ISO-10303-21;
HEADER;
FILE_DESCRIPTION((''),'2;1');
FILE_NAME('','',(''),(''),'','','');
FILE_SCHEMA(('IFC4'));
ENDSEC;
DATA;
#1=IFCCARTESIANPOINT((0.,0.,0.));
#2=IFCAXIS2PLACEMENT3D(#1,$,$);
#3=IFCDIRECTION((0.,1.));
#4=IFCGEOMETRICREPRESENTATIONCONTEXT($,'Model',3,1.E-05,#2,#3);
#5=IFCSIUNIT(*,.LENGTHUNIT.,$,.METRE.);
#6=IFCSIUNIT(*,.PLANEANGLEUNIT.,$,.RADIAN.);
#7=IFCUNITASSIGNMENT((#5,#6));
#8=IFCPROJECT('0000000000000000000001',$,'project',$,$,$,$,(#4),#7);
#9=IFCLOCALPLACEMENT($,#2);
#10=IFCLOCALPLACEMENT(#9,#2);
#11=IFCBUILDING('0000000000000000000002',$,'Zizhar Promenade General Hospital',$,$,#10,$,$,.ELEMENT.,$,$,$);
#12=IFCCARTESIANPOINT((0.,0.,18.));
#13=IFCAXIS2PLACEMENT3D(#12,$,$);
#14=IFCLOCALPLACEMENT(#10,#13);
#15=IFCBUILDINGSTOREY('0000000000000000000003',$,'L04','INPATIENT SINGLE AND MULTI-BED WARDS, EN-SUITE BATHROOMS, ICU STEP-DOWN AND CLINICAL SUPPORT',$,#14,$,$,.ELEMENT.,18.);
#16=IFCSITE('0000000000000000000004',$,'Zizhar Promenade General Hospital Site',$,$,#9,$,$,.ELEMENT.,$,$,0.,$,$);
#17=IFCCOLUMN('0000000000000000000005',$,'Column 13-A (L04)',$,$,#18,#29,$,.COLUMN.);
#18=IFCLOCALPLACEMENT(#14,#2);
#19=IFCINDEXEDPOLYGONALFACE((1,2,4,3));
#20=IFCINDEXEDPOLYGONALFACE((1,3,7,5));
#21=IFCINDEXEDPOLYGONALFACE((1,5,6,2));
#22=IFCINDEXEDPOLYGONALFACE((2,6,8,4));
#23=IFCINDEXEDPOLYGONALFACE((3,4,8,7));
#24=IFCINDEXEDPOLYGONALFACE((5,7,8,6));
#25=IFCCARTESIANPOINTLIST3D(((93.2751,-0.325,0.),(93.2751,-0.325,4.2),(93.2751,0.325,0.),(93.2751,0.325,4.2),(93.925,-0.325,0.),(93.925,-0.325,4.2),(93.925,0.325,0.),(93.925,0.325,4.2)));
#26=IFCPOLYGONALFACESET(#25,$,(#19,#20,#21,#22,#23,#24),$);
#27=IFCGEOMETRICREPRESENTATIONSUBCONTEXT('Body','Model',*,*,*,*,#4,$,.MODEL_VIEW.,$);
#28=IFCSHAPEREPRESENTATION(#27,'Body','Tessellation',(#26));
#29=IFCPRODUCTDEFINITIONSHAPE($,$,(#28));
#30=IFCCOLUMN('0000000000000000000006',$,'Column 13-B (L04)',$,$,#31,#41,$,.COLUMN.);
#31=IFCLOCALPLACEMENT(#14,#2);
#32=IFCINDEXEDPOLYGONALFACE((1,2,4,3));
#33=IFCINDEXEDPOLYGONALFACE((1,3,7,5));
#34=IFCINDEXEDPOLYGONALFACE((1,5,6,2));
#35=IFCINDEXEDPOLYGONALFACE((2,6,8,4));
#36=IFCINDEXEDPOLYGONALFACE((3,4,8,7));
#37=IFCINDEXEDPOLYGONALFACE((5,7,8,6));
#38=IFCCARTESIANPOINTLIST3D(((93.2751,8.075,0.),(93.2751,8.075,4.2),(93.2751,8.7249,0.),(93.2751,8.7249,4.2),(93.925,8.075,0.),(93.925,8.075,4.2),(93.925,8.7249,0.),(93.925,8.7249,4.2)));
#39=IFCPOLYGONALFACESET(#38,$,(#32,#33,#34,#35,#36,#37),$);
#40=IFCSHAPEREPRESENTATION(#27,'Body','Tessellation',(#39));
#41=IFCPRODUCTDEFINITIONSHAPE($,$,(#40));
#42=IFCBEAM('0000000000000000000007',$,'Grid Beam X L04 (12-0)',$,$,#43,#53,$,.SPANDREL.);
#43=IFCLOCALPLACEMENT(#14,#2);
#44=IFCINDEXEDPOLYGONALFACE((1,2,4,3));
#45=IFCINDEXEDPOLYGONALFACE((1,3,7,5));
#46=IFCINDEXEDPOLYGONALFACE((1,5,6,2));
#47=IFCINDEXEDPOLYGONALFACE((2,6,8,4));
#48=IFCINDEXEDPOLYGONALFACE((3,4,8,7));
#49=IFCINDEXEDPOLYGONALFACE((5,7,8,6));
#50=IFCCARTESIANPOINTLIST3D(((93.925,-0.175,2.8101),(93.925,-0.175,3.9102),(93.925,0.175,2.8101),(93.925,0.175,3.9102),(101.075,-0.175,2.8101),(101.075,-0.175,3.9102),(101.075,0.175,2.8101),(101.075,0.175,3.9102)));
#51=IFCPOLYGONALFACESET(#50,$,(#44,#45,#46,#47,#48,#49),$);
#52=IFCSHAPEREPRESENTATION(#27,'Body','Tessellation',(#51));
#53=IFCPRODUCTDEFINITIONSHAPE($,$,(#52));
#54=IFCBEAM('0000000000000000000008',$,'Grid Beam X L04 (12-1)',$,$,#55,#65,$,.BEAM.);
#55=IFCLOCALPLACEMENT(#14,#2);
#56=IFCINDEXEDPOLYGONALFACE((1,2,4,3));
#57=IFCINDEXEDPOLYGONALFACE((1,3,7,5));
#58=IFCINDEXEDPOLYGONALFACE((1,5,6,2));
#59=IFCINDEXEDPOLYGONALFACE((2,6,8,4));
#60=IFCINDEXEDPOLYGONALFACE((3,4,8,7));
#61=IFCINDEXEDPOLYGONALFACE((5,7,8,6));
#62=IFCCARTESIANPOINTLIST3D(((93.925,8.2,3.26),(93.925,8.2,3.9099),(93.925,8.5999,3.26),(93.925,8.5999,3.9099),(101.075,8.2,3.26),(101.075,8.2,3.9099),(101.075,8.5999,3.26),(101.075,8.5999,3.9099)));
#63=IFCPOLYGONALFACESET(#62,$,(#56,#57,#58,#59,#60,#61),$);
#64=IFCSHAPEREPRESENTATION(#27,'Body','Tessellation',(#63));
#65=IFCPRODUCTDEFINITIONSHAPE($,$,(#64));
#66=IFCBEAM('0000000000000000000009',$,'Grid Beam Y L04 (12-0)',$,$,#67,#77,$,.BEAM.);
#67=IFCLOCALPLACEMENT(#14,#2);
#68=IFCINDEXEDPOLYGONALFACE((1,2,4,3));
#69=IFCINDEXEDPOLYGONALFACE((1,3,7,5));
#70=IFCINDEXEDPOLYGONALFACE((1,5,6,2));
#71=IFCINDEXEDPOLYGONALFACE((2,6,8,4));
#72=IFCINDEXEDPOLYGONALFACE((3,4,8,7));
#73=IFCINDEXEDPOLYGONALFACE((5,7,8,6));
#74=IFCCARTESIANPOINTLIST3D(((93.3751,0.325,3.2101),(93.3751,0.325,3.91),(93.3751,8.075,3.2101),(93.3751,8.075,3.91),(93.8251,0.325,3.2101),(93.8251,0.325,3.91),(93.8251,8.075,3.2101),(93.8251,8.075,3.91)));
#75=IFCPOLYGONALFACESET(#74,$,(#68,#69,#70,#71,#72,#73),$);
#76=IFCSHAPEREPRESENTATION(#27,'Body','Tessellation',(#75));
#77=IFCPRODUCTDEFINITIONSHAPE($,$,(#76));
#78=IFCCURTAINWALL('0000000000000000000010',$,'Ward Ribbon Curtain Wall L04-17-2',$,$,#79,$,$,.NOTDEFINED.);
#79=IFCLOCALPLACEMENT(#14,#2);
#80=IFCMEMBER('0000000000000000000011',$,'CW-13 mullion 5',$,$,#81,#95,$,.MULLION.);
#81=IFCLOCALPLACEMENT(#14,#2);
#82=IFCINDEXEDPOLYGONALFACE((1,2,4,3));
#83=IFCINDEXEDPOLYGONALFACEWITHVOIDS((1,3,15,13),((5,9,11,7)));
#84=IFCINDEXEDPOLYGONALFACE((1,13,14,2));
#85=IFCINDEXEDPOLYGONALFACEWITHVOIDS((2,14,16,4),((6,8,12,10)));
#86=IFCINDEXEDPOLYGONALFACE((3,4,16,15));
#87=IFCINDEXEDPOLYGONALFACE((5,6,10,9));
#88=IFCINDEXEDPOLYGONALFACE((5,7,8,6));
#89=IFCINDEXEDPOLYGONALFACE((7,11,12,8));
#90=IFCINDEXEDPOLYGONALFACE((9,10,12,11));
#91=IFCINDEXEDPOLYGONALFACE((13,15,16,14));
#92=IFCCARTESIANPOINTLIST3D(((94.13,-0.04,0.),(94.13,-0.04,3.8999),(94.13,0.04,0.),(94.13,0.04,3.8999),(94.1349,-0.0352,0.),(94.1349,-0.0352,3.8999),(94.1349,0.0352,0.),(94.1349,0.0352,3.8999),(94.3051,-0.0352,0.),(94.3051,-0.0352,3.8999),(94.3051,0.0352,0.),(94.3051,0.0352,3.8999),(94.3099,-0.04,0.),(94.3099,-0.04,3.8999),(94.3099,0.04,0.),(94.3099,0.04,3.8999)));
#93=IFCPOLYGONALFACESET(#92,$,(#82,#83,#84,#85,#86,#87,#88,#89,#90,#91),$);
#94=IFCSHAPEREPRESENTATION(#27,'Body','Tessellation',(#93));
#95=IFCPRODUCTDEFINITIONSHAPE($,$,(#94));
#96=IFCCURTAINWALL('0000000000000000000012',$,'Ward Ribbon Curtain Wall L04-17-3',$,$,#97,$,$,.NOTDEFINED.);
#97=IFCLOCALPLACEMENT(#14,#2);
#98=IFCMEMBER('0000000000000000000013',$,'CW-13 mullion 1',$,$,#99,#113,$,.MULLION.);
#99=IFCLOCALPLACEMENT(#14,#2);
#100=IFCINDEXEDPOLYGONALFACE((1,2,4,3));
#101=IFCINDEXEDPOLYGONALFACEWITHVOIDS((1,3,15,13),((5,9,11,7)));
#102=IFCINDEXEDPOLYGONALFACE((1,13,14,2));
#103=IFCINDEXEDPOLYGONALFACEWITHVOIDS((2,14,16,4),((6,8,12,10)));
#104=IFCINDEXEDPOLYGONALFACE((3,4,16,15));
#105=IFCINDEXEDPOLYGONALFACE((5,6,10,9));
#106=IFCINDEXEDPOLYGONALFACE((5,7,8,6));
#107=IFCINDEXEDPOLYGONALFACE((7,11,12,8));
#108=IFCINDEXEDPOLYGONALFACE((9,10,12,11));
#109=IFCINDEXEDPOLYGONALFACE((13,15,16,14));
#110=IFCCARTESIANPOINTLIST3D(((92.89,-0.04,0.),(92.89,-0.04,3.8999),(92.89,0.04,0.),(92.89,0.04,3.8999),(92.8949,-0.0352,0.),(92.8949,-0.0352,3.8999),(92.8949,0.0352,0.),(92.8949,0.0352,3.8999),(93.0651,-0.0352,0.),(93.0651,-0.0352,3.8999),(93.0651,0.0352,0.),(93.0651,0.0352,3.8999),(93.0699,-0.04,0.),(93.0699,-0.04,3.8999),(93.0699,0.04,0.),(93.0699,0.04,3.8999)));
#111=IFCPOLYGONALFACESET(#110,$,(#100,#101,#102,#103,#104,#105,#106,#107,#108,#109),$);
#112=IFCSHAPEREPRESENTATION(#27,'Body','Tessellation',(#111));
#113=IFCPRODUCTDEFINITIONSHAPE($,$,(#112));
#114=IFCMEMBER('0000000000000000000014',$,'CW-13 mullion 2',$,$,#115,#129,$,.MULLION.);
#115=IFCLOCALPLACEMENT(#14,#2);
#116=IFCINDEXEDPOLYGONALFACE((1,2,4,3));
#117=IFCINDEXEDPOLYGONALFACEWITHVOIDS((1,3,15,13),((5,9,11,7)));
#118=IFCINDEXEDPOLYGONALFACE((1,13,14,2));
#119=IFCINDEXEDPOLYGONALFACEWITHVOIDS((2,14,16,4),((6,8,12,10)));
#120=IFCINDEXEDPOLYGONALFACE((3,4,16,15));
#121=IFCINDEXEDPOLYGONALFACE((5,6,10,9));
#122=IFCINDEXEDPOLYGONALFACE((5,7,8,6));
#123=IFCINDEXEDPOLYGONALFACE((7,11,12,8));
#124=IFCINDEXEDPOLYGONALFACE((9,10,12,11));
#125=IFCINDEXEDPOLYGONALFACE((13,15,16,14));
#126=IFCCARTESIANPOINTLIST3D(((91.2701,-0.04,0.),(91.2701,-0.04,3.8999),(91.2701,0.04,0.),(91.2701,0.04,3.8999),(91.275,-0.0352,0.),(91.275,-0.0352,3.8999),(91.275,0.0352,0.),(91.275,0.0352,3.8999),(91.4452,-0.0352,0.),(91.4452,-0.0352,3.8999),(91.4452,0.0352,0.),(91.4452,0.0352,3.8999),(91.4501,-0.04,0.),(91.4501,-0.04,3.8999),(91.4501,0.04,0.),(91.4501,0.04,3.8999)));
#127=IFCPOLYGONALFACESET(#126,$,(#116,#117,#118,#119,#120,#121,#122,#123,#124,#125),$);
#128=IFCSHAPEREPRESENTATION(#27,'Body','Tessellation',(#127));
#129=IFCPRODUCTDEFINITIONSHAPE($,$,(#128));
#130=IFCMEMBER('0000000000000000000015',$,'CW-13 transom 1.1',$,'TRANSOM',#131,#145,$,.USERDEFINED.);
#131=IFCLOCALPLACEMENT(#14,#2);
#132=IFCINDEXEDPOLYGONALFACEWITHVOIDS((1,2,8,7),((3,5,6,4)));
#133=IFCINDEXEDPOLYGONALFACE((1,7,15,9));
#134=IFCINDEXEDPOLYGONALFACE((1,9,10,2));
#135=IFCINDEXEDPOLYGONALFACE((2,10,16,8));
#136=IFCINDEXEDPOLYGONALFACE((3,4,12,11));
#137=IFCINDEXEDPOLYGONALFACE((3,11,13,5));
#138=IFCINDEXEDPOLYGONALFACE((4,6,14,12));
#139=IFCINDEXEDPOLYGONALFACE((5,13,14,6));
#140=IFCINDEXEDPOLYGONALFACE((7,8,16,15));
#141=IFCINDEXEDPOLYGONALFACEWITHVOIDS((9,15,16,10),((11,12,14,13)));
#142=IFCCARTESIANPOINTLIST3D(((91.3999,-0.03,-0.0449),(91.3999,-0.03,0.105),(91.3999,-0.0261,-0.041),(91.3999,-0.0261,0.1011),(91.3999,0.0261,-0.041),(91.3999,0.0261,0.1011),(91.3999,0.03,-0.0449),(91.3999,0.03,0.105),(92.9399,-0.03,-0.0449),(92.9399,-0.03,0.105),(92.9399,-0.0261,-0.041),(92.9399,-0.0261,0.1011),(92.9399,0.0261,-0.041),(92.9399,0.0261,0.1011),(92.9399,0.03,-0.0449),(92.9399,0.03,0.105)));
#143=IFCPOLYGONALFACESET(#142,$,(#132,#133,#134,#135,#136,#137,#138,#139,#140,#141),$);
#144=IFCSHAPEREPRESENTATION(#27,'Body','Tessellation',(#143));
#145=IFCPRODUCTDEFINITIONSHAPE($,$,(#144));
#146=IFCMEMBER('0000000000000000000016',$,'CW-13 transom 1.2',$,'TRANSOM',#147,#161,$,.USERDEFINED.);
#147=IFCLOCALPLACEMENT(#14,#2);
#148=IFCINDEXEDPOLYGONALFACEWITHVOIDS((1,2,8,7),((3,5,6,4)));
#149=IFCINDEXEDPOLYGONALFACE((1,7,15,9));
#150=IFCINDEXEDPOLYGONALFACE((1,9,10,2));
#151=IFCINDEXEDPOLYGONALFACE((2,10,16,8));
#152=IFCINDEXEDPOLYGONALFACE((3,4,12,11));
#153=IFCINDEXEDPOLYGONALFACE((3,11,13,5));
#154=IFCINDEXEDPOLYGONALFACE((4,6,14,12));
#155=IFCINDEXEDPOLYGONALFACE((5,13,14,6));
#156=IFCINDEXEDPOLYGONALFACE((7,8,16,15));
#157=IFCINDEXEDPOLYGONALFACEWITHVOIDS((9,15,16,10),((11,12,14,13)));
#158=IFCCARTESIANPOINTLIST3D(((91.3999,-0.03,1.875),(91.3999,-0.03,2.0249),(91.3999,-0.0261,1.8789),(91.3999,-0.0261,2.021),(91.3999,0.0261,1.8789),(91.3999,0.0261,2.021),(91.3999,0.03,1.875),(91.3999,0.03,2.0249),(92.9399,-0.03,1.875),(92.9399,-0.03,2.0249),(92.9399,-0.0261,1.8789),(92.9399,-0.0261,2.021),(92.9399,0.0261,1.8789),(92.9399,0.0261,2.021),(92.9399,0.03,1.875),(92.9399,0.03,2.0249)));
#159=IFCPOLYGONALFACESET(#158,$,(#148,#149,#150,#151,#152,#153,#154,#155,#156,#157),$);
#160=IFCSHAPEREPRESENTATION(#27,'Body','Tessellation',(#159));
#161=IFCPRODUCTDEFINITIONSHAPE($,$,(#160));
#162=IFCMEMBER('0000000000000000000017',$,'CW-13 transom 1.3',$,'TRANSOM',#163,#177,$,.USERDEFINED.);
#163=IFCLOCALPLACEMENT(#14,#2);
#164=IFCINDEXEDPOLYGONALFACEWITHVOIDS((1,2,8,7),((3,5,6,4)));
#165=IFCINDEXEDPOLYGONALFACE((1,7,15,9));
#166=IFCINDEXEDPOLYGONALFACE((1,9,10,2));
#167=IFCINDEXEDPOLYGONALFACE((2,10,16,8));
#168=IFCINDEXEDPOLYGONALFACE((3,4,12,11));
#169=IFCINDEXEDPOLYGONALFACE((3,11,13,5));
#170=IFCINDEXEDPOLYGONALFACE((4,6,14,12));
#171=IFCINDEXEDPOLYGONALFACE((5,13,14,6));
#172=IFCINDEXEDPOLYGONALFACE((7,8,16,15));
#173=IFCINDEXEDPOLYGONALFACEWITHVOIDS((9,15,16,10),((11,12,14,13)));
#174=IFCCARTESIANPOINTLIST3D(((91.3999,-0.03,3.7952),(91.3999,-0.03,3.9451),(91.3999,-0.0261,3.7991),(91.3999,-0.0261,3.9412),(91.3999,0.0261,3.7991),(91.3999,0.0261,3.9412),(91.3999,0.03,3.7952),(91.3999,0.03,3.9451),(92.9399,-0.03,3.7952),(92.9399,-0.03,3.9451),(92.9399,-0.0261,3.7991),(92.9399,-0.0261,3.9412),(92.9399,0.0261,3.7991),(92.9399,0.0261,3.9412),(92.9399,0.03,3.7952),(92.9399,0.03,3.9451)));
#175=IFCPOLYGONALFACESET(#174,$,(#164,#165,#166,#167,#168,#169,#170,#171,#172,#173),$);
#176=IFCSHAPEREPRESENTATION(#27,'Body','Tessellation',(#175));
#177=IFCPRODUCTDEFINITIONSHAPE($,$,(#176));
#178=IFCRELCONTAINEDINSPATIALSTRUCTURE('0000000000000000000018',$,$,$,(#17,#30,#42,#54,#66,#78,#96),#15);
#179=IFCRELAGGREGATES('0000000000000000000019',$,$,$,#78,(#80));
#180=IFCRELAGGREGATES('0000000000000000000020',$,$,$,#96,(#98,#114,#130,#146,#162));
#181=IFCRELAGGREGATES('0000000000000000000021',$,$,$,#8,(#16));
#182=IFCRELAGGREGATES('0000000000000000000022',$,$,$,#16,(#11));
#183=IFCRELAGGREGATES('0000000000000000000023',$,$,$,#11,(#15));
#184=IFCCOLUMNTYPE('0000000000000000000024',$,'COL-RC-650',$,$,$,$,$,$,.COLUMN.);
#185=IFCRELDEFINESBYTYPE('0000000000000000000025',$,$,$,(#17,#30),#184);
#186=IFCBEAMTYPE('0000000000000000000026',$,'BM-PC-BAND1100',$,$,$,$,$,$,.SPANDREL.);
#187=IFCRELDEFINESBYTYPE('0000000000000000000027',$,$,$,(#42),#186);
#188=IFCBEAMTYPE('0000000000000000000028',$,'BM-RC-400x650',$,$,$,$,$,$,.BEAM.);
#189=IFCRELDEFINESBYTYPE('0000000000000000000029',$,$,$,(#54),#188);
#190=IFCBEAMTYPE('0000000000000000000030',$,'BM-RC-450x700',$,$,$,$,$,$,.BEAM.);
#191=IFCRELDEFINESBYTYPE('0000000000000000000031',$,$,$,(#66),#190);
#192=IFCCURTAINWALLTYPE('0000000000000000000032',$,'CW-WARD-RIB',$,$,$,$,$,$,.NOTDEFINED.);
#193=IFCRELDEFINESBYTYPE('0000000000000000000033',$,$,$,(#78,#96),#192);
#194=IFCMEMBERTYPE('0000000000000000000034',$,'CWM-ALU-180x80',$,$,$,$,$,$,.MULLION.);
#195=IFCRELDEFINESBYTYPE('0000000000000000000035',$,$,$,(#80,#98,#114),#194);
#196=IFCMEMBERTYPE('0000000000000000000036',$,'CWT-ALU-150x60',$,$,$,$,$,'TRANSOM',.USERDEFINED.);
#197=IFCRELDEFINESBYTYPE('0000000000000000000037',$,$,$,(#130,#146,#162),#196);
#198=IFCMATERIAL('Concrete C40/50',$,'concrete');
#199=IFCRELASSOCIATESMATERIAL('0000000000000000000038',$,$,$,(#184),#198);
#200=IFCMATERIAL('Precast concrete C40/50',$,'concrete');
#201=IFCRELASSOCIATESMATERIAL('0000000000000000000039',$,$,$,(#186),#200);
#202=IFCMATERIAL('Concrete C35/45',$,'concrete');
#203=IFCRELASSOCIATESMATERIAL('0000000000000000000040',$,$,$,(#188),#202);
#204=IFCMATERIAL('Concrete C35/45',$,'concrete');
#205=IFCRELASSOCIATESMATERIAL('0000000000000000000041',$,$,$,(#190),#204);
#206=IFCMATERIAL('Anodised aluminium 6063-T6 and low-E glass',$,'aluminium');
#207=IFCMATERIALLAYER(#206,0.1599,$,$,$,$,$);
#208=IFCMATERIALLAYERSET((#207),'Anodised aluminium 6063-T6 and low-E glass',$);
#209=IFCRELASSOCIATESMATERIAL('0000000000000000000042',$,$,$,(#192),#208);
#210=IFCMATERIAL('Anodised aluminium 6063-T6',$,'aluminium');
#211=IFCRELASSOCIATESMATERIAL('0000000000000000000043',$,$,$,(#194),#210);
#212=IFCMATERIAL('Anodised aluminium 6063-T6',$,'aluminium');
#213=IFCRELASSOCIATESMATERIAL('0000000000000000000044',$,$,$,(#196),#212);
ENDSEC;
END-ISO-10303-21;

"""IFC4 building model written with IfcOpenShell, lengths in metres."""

from ifc_helpers import new_model, si_unit, direction, frame, origin, origin_2d, place, context, subcontext, project, spatial, rectangle, hollow_rectangle, extrude, material, layer, layer_set, material_profile, profile_set, type_object, element, aggregate, save


model = new_model("IFC4")

# Units and contexts
model_context = context("Model", 3, precision=1e-05, world=origin(), true_north=direction((0.0, 1.0)))
body_context = subcontext(model_context, "Body", "Model", "MODEL_VIEW")
ifc_project = project(units=[si_unit("LENGTHUNIT", "METRE"), si_unit("PLANEANGLEUNIT", "RADIAN")], contexts=[model_context])

# Site, building, storey
site_placement = place(None, origin())
site = spatial("IfcSite", under=ifc_project, at=site_placement, Name="Zizhar Promenade General Hospital Site", CompositionType="ELEMENT", RefElevation=0.0)
building_placement = place(site_placement, origin())
building = spatial("IfcBuilding", under=site, at=building_placement, Name="Zizhar Promenade General Hospital", CompositionType="ELEMENT")
storey_placement = place(building_placement, frame((0.0, 0.0, 18.0)))
storey = spatial("IfcBuildingStorey", under=building, at=storey_placement, Name="L04", Description="INPATIENT SINGLE AND MULTI-BED WARDS, EN-SUITE BATHROOMS, ICU STEP-DOWN AND CLINICAL SUPPORT", CompositionType="ELEMENT", Elevation=18.0)

# Columns
ifc_material_1 = material(Name="Concrete C40/50", Category="concrete")
ifc_material_profile_1 = material_profile(ifc_material_1, rectangle(XDim=0.6499, YDim=0.6499, at=origin_2d()))
ifc_profile_set_1 = profile_set([ifc_material_profile_1], Name="Concrete C40/50")
column_type = type_object("IfcColumnType", Name="COL-RC-650", PredefinedType="COLUMN", material=ifc_profile_set_1)
for number, where, z_axis, x_axis, name in (
    (1, (93.6001, 0.0, 0.0), (0.0, 0.0, 1.0), (1.0, 0.0, 0.0), "Column 13-A (L04)"),
    (2, (93.6001, 8.3999, 0.0), (0.0, 0.0, 1.0), (1.0, 0.0, 0.0), "Column 13-B (L04)"),
):
    element("IfcColumn", number, at=place(storey_placement, frame(where, z_axis=z_axis, x_axis=x_axis)), inside=storey, type_object=column_type, Name=name, PredefinedType="COLUMN", context=body_context, shape_type="SweptSolid", body=[
        extrude(rectangle(XDim=0.6499, YDim=0.6499, at=origin_2d()), origin(), (0.0, 0.0, 1.0), 4.2),
    ])

# Beams
ifc_material_2 = material(Name="Precast concrete C40/50", Category="concrete")
ifc_material_profile_2 = material_profile(ifc_material_2, rectangle(XDim=0.3501, YDim=1.1001, at=origin_2d()))
ifc_profile_set_2 = profile_set([ifc_material_profile_2], Name="Precast concrete C40/50")
beam_type_1 = type_object("IfcBeamType", Name="BM-PC-BAND1100", PredefinedType="SPANDREL", material=ifc_profile_set_2)
beam_1_placement = place(storey_placement, frame((93.925, 0.0, 3.3601), z_axis=(1.0, 0.0, 0.0), x_axis=(0.0, 1.0, 0.0)))
element("IfcBeam", 3, at=beam_1_placement, inside=storey, type_object=beam_type_1, Name="Grid Beam X L04 (12-0)", PredefinedType="SPANDREL", context=body_context, shape_type="SweptSolid", body=[
    extrude(rectangle(XDim=0.3501, YDim=1.1001, at=origin_2d()), origin(), (0.0, 0.0, 1.0), 7.1499),
])
ifc_material_3 = material(Name="Concrete C35/45", Category="concrete")
ifc_material_profile_3 = material_profile(ifc_material_3, rectangle(XDim=0.3999, YDim=0.6499, at=origin_2d()))
ifc_profile_set_3 = profile_set([ifc_material_profile_3], Name="Concrete C35/45")
beam_type_2 = type_object("IfcBeamType", Name="BM-RC-400x650", PredefinedType="BEAM", material=ifc_profile_set_3)
beam_2_placement = place(storey_placement, frame((93.925, 8.3999, 3.585), z_axis=(1.0, 0.0, 0.0), x_axis=(0.0, 1.0, 0.0)))
element("IfcBeam", 4, at=beam_2_placement, inside=storey, type_object=beam_type_2, Name="Grid Beam X L04 (12-1)", PredefinedType="BEAM", context=body_context, shape_type="SweptSolid", body=[
    extrude(rectangle(XDim=0.3999, YDim=0.6499, at=origin_2d()), origin(), (0.0, 0.0, 1.0), 7.1499),
])
ifc_material_4 = material(Name="Concrete C35/45", Category="concrete")
ifc_material_profile_4 = material_profile(ifc_material_4, rectangle(XDim=0.45, YDim=0.7, at=origin_2d()))
ifc_profile_set_4 = profile_set([ifc_material_profile_4], Name="Concrete C35/45")
beam_type_3 = type_object("IfcBeamType", Name="BM-RC-450x700", PredefinedType="BEAM", material=ifc_profile_set_4)
beam_3_placement = place(storey_placement, frame((93.6001, 0.325, 3.5601), z_axis=(0.0, 1.0, 0.0), x_axis=(-1.0, 0.0, 0.0)))
element("IfcBeam", 5, at=beam_3_placement, inside=storey, type_object=beam_type_3, Name="Grid Beam Y L04 (12-0)", PredefinedType="BEAM", context=body_context, shape_type="SweptSolid", body=[
    extrude(rectangle(XDim=0.45, YDim=0.7, at=origin_2d()), origin(), (0.0, 0.0, 1.0), 7.75),
])

# Curtain wall, member
ifc_material_5 = material(Name="Anodised aluminium 6063-T6 and low-E glass", Category="aluminium")
ifc_layer_1 = layer(ifc_material_5, 0.1599)
ifc_layer_set_1 = layer_set([ifc_layer_1], Name="Anodised aluminium 6063-T6 and low-E glass")
curtain_wall_type = type_object("IfcCurtainWallType", Name="CW-WARD-RIB", PredefinedType="NOTDEFINED", material=ifc_layer_set_1)
curtain_wall_1_placement = place(storey_placement, origin())
curtain_wall_1 = element("IfcCurtainWall", 6, at=curtain_wall_1_placement, inside=storey, type_object=curtain_wall_type, Name="Ward Ribbon Curtain Wall L04-17-2", PredefinedType="NOTDEFINED")
ifc_material_6 = material(Name="Anodised aluminium 6063-T6", Category="aluminium")
ifc_material_profile_5 = material_profile(ifc_material_6, hollow_rectangle(XDim=0.0801, YDim=0.1799, WallThickness=0.0049, at=origin_2d()))
ifc_profile_set_5 = profile_set([ifc_material_profile_5], Name="Anodised aluminium 6063-T6")
member_type_1 = type_object("IfcMemberType", Name="CWM-ALU-180x80", PredefinedType="MULLION", material=ifc_profile_set_5)
member_1_placement = place(storey_placement, frame((94.22, 0.0, 0.0), z_axis=(0.0, 0.0, 1.0), x_axis=(0.0, -1.0, 0.0)))
member_1 = element("IfcMember", 7, at=member_1_placement, type_object=member_type_1, Name="CW-13 mullion 5", PredefinedType="MULLION", context=body_context, shape_type="SweptSolid", body=[
    extrude(hollow_rectangle(XDim=0.0801, YDim=0.1799, WallThickness=0.0049, at=origin_2d()), origin(), (0.0, 0.0, 1.0), 3.8999),
])
aggregate(curtain_wall_1, [member_1])

# Curtain wall, members
curtain_wall_2_placement = place(storey_placement, origin())
curtain_wall_2 = element("IfcCurtainWall", 8, at=curtain_wall_2_placement, inside=storey, type_object=curtain_wall_type, Name="Ward Ribbon Curtain Wall L04-17-3", PredefinedType="NOTDEFINED")
member_2_placement = place(storey_placement, frame((92.98, 0.0, 0.0), z_axis=(0.0, 0.0, 1.0), x_axis=(0.0, -1.0, 0.0)))
member_2 = element("IfcMember", 9, at=member_2_placement, type_object=member_type_1, Name="CW-13 mullion 1", PredefinedType="MULLION", context=body_context, shape_type="SweptSolid", body=[
    extrude(hollow_rectangle(XDim=0.0801, YDim=0.1799, WallThickness=0.0049, at=origin_2d()), origin(), (0.0, 0.0, 1.0), 3.8999),
])
member_3_placement = place(storey_placement, frame((91.3601, 0.0, 0.0), z_axis=(0.0, 0.0, 1.0), x_axis=(0.0, -1.0, 0.0)))
member_3 = element("IfcMember", 10, at=member_3_placement, type_object=member_type_1, Name="CW-13 mullion 2", PredefinedType="MULLION", context=body_context, shape_type="SweptSolid", body=[
    extrude(hollow_rectangle(XDim=0.0801, YDim=0.1799, WallThickness=0.0049, at=origin_2d()), origin(), (0.0, 0.0, 1.0), 3.8999),
])
ifc_material_7 = material(Name="Anodised aluminium 6063-T6", Category="aluminium")
ifc_material_profile_6 = material_profile(ifc_material_7, hollow_rectangle(XDim=0.0601, YDim=0.1499, WallThickness=0.0039, at=origin_2d()))
ifc_profile_set_6 = profile_set([ifc_material_profile_6], Name="Anodised aluminium 6063-T6")
member_type_2 = type_object("IfcMemberType", Name="CWT-ALU-150x60", ElementType="TRANSOM", PredefinedType="USERDEFINED", material=ifc_profile_set_6)
member_4_placement = place(storey_placement, frame((92.9399, 0.0, 0.03), z_axis=(-1.0, 0.0, 0.0), x_axis=(0.0, -1.0, 0.0)))
member_4 = element("IfcMember", 11, at=member_4_placement, type_object=member_type_2, Name="CW-13 transom 1.1", ObjectType="TRANSOM", PredefinedType="USERDEFINED", context=body_context, shape_type="SweptSolid", body=[
    extrude(hollow_rectangle(XDim=0.0601, YDim=0.1499, WallThickness=0.0039, at=origin_2d()), origin(), (0.0, 0.0, 1.0), 1.54),
])
member_5_placement = place(storey_placement, frame((92.9399, 0.0, 1.95), z_axis=(-1.0, 0.0, 0.0), x_axis=(0.0, -1.0, 0.0)))
member_5 = element("IfcMember", 12, at=member_5_placement, type_object=member_type_2, Name="CW-13 transom 1.2", ObjectType="TRANSOM", PredefinedType="USERDEFINED", context=body_context, shape_type="SweptSolid", body=[
    extrude(hollow_rectangle(XDim=0.0601, YDim=0.1499, WallThickness=0.0039, at=origin_2d()), origin(), (0.0, 0.0, 1.0), 1.54),
])
member_6_placement = place(storey_placement, frame((92.9399, 0.0, 3.8701), z_axis=(-1.0, 0.0, 0.0), x_axis=(0.0, -1.0, 0.0)))
member_6 = element("IfcMember", 13, at=member_6_placement, type_object=member_type_2, Name="CW-13 transom 1.3", ObjectType="TRANSOM", PredefinedType="USERDEFINED", context=body_context, shape_type="SweptSolid", body=[
    extrude(hollow_rectangle(XDim=0.0601, YDim=0.1499, WallThickness=0.0039, at=origin_2d()), origin(), (0.0, 0.0, 1.0), 1.54),
])
aggregate(curtain_wall_2, [member_2, member_3, member_4, member_5, member_6])

save(model, "model.ifc")
